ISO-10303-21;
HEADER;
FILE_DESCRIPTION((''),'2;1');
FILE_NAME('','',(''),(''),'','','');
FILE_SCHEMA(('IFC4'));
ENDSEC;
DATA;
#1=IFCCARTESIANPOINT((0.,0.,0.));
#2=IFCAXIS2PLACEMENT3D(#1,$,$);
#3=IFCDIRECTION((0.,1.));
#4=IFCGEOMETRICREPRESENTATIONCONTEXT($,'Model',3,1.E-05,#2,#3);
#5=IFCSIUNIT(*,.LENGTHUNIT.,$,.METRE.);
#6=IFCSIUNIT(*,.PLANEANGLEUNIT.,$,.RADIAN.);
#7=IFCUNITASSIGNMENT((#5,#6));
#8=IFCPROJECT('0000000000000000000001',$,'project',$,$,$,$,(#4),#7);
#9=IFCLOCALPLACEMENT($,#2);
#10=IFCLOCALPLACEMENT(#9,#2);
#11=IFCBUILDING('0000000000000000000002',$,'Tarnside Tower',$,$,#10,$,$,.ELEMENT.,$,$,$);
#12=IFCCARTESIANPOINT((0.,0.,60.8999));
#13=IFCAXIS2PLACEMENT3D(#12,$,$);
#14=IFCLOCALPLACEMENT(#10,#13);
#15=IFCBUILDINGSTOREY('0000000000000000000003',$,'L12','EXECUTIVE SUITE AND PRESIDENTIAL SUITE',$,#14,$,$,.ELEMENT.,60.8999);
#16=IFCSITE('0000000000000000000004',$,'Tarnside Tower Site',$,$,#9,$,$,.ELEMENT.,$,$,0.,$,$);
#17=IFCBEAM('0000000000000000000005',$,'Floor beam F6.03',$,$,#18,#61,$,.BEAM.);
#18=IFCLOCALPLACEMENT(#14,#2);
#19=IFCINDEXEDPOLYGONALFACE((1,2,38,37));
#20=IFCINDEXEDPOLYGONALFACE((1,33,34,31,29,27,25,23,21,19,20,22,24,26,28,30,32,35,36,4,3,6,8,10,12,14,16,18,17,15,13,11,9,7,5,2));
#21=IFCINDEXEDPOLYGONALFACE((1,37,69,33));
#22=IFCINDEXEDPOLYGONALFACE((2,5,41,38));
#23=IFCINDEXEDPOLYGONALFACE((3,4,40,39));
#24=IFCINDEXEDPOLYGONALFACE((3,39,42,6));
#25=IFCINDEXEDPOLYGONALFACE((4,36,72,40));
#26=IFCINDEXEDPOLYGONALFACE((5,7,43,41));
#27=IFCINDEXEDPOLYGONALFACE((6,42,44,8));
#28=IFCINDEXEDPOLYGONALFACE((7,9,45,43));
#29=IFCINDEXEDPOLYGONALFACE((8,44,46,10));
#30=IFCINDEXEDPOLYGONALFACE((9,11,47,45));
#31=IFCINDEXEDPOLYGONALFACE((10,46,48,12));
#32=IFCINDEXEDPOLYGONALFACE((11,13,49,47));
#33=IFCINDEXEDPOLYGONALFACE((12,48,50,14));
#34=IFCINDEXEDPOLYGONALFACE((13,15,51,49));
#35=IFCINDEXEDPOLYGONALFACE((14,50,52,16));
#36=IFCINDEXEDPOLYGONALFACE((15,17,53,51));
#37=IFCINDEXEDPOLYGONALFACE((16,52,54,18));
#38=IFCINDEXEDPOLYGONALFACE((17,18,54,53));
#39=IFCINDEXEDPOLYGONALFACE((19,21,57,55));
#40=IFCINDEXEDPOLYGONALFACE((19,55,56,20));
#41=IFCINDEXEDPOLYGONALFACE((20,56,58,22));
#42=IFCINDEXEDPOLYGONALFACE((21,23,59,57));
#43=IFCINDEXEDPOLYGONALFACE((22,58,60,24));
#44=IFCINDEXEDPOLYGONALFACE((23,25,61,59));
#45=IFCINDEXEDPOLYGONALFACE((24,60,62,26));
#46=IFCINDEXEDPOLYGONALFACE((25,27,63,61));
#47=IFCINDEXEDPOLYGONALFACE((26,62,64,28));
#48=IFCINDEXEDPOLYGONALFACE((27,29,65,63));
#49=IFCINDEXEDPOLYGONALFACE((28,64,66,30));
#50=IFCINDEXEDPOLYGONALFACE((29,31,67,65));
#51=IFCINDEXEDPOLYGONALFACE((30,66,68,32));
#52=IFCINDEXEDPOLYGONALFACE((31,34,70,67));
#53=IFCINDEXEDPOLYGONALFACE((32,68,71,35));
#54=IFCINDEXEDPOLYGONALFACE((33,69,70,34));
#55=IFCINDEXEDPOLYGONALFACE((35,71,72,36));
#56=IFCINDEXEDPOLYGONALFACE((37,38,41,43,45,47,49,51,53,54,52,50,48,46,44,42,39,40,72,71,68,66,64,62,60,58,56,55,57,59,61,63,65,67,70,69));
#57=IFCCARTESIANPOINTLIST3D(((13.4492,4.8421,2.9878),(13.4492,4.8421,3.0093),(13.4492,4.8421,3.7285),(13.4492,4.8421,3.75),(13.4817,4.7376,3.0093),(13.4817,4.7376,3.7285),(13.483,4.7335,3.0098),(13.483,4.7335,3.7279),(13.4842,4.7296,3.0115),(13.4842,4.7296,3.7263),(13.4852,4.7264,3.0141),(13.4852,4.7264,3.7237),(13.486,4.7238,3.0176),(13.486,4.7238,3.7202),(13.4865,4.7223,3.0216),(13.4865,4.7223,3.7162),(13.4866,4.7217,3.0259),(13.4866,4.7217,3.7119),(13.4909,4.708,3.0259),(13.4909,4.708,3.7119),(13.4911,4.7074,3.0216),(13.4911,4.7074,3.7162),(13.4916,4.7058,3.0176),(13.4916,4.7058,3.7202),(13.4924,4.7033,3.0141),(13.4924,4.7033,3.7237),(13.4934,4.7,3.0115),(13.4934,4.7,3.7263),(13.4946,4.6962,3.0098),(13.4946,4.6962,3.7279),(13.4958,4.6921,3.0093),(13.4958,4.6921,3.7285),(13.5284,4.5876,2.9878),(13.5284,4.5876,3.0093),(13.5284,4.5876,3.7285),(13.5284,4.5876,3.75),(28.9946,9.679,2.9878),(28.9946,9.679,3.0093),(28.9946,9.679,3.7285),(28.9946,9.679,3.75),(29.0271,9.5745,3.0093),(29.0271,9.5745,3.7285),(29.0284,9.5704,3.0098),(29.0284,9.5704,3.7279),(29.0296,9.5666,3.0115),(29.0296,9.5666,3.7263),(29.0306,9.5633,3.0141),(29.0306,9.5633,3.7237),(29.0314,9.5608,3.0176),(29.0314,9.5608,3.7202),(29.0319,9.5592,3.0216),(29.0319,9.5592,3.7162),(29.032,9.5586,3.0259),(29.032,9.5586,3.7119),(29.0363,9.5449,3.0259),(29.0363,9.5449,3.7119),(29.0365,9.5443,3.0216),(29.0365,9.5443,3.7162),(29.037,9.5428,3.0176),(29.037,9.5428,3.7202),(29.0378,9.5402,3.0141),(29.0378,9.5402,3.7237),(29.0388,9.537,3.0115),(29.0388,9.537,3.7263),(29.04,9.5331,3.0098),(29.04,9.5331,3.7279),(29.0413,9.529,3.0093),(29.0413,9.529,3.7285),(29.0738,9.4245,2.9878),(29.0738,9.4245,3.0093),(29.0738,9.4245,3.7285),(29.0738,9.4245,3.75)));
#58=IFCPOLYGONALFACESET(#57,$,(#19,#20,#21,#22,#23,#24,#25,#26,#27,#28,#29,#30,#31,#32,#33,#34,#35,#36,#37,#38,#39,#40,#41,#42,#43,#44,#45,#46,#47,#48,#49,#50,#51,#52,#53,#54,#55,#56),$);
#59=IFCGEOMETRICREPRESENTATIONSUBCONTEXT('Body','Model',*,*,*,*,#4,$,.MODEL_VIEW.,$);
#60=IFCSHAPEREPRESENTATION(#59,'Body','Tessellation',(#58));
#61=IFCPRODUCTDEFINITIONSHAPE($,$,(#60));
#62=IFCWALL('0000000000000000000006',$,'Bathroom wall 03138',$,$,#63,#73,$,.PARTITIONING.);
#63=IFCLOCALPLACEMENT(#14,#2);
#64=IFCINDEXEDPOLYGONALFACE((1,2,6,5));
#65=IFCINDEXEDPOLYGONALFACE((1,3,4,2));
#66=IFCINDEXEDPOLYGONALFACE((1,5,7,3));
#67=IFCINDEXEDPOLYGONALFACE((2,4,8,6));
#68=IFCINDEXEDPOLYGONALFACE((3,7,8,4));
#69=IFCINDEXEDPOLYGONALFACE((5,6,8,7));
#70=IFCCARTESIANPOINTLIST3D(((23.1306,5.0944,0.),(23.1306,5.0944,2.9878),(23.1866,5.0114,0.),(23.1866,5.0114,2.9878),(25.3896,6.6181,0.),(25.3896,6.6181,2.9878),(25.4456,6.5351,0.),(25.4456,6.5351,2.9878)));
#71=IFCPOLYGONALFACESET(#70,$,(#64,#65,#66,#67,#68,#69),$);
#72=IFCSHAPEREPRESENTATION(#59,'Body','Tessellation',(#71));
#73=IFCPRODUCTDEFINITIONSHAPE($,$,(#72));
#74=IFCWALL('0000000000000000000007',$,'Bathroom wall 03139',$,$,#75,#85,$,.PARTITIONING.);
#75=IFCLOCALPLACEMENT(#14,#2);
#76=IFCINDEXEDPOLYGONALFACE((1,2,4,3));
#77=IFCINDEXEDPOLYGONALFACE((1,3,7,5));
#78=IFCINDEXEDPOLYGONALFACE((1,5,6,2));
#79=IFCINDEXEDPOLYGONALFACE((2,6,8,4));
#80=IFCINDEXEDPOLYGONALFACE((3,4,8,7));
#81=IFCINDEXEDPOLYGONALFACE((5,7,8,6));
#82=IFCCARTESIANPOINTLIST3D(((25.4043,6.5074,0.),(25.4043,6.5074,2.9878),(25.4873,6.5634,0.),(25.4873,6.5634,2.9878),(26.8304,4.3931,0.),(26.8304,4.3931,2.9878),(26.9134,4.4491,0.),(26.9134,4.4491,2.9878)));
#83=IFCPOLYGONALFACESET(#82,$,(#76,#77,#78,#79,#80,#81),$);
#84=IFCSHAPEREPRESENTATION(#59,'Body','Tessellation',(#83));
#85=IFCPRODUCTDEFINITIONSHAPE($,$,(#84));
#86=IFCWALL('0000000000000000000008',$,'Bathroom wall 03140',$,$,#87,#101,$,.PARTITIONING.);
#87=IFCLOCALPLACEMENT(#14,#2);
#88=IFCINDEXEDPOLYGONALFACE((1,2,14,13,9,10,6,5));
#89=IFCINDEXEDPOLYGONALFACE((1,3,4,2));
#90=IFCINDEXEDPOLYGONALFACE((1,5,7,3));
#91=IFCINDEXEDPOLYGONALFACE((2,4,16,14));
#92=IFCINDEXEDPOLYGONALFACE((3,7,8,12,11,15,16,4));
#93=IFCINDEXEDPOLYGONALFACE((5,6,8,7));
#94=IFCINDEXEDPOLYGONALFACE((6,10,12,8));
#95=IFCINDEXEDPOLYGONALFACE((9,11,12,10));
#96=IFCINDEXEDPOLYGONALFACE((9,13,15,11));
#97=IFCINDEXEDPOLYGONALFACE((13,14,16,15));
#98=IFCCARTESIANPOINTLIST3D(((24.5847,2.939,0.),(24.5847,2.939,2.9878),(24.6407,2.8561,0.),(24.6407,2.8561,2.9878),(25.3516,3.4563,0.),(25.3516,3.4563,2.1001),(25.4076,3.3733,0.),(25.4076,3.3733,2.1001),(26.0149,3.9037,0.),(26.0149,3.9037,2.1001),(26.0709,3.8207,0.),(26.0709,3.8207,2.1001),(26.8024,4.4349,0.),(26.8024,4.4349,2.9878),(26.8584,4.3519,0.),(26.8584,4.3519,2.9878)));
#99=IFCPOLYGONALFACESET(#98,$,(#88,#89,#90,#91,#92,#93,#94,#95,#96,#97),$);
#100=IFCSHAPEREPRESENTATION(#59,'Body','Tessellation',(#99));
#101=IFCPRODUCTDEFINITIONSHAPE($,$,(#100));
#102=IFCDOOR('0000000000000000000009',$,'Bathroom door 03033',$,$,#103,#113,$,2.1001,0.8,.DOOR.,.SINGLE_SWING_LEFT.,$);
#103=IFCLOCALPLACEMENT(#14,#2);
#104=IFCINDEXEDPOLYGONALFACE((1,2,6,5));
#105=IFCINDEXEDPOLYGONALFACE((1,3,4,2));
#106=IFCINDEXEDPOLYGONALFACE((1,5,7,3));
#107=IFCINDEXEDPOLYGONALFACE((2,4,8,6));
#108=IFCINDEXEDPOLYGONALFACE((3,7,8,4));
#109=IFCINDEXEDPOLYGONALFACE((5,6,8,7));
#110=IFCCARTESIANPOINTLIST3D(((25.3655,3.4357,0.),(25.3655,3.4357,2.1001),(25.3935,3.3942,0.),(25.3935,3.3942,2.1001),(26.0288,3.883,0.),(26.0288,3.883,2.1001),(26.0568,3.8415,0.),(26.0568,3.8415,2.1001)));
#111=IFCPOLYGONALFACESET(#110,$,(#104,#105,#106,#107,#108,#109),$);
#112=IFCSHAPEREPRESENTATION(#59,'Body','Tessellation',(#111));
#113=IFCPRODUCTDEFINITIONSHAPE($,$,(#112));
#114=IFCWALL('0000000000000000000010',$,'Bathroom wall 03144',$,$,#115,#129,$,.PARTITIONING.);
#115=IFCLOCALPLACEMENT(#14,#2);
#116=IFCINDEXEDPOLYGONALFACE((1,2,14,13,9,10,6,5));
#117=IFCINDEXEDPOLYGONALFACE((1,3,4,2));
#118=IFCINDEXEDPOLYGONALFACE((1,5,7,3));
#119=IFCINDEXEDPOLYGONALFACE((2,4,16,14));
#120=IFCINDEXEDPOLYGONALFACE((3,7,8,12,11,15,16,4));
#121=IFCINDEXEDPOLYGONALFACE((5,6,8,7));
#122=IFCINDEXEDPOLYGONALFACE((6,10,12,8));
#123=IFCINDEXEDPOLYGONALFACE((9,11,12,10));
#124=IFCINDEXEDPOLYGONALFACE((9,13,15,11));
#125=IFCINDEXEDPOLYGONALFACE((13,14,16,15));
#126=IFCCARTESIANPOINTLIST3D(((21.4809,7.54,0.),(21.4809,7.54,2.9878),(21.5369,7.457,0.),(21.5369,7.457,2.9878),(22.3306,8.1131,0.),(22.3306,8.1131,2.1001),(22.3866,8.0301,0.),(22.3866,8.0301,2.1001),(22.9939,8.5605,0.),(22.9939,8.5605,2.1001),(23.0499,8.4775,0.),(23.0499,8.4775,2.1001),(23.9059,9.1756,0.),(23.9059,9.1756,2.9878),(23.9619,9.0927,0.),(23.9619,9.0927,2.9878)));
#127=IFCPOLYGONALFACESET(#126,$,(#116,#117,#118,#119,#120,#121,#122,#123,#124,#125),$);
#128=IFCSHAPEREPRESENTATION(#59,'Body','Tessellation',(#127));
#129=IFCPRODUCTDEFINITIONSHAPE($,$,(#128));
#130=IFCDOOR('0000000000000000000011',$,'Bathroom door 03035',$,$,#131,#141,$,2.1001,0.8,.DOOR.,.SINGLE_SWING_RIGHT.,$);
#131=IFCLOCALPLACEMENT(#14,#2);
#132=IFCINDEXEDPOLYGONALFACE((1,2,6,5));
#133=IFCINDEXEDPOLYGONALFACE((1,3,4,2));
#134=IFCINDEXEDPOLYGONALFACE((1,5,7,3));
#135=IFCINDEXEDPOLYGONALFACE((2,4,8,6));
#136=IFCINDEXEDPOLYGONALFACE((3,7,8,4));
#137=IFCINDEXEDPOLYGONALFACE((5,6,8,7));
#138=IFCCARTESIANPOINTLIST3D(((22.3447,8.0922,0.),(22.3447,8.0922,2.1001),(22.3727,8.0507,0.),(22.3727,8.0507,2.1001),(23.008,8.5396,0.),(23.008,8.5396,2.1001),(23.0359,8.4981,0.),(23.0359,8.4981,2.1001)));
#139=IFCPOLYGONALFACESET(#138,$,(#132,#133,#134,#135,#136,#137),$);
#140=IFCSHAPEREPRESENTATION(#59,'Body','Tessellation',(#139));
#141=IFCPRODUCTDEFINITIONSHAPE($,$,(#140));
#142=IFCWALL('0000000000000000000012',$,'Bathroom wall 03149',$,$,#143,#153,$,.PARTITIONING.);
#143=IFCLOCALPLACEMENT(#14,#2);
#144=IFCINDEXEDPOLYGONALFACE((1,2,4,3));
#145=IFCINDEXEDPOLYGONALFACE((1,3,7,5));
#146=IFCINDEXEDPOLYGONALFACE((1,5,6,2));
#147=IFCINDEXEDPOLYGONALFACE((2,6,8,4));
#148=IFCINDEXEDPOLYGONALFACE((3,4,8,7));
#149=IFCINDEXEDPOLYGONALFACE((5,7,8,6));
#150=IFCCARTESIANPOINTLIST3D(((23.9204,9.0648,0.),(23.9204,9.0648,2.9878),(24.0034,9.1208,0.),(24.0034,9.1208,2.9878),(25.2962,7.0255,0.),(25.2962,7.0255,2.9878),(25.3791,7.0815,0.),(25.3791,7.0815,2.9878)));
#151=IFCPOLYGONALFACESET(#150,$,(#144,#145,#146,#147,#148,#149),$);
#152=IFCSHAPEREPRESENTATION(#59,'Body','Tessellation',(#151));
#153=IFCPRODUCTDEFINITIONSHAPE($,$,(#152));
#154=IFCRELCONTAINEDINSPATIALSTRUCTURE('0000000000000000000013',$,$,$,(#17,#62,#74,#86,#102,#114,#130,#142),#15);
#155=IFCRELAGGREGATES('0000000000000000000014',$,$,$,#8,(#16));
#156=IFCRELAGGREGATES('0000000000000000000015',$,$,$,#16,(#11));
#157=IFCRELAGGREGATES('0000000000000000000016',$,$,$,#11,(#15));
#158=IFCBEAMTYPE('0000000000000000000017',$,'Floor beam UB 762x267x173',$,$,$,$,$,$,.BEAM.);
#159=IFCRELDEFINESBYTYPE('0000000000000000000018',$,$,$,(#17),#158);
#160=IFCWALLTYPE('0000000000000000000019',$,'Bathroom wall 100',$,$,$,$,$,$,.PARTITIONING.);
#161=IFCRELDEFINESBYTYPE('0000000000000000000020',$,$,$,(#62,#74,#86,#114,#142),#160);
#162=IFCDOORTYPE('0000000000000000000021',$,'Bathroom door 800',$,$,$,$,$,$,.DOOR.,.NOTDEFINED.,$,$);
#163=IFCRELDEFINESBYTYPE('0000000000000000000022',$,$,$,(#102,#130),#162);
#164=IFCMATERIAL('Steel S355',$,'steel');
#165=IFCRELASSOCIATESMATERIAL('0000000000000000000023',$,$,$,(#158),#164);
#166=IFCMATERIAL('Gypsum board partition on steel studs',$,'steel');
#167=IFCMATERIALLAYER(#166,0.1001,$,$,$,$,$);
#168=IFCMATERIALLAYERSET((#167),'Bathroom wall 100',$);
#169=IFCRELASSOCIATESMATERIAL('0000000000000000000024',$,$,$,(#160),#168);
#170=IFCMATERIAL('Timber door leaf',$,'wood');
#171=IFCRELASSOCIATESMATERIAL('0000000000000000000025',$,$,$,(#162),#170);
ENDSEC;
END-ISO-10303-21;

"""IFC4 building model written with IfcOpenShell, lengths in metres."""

from ifc_helpers import new_model, si_unit, direction, frame, frame_2d, origin, origin_2d, place, context, subcontext, project, spatial, rectangle, i_section, extrude, material, layer, layer_set, material_profile, profile_set, type_object, element, fill, save


model = new_model("IFC4")

# Units and contexts
model_context = context("Model", 3, precision=1e-05, world=origin(), true_north=direction((0.0, 1.0)))
body_context = subcontext(model_context, "Body", "Model", "MODEL_VIEW")
ifc_project = project(units=[si_unit("LENGTHUNIT", "METRE"), si_unit("PLANEANGLEUNIT", "RADIAN")], contexts=[model_context])

# Site, building, storey
site_placement = place(None, origin())
site = spatial("IfcSite", under=ifc_project, at=site_placement, Name="Tarnside Tower Site", CompositionType="ELEMENT", RefElevation=0.0)
building_placement = place(site_placement, origin())
building = spatial("IfcBuilding", under=site, at=building_placement, Name="Tarnside Tower", CompositionType="ELEMENT")
storey_placement = place(building_placement, frame((0.0, 0.0, 60.8999)))
storey = spatial("IfcBuildingStorey", under=building, at=storey_placement, Name="L12", Description="EXECUTIVE SUITE AND PRESIDENTIAL SUITE", CompositionType="ELEMENT", Elevation=60.8999)

# Beam
ifc_material_1 = material(Name="Steel S355", Category="steel")
ifc_material_profile = material_profile(ifc_material_1, i_section(OverallWidth=0.2666, OverallDepth=0.7622, WebThickness=0.0144, FlangeThickness=0.0215, FilletRadius=0.0166, at=origin_2d()), Name="UB 762x267x173")
ifc_profile_set = profile_set([ifc_material_profile], Name="Steel S355")
beam_type = type_object("IfcBeamType", Name="Floor beam UB 762x267x173", PredefinedType="BEAM", material=ifc_profile_set)
beam_placement = place(storey_placement, frame((29.0342, 9.5518, 3.3689), z_axis=(-0.954847, -0.297098, 0.0), x_axis=(0.297098, -0.954847, 0.0)))
element("IfcBeam", 1, at=beam_placement, inside=storey, type_object=beam_type, Name="Floor beam F6.03", PredefinedType="BEAM", context=body_context, shape_type="SweptSolid", body=[
    extrude(i_section(OverallWidth=0.2666, OverallDepth=0.7622, WebThickness=0.0144, FlangeThickness=0.0215, FilletRadius=0.0166, at=origin_2d()), origin(), (0.0, 0.0, 1.0), 16.2805),
])

# Walls
ifc_material_2 = material(Name="Gypsum board partition on steel studs", Category="steel")
ifc_layer_1 = layer(ifc_material_2, 0.1001)
ifc_layer_set_1 = layer_set([ifc_layer_1], Name="Bathroom wall 100")
wall_type_1 = type_object("IfcWallType", Name="Bathroom wall 100", PredefinedType="PARTITIONING", material=ifc_layer_set_1)
wall_1_placement = place(storey_placement, frame((23.1587, 5.053, 0.0), z_axis=(0.0, 0.0, 1.0), x_axis=(0.829047, 0.559179, 0.0)))
element("IfcWall", 2, at=wall_1_placement, inside=storey, type_object=wall_type_1, Name="Bathroom wall 03138", PredefinedType="PARTITIONING", context=body_context, shape_type="SweptSolid", body=[
    extrude(rectangle(XDim=2.7249, YDim=0.1001, at=frame_2d((1.3623, 0.0))), origin(), (0.0, 0.0, 1.0), 2.9878),
])
wall_2_placement = place(storey_placement, frame((25.4458, 6.5354, 0.0), z_axis=(0.0, 0.0, 1.0), x_axis=(0.559177, -0.829048, 0.0)))
element("IfcWall", 3, at=wall_2_placement, inside=storey, type_object=wall_type_1, Name="Bathroom wall 03139", PredefinedType="PARTITIONING", context=body_context, shape_type="SweptSolid", body=[
    extrude(rectangle(XDim=2.5503, YDim=0.1001, at=frame_2d((1.2751, 0.0))), origin(), (0.0, 0.0, 1.0), 2.9878),
])

# Walls, openings, doors
wall_3_placement = place(storey_placement, frame((26.8303, 4.3933, 0.0), z_axis=(0.0, 0.0, 1.0), x_axis=(-0.829048, -0.559178, 0.0)))
wall_3 = element("IfcWall", 4, at=wall_3_placement, inside=storey, type_object=wall_type_1, Name="Bathroom wall 03140", PredefinedType="PARTITIONING", context=body_context, shape_type="SweptSolid", body=[
    extrude(rectangle(XDim=2.675, YDim=0.1001, at=frame_2d((1.3374, 0.0))), origin(), (0.0, 0.0, 1.0), 2.9878),
])
opening_1_placement = place(wall_3_placement, frame((0.95, 0.0, 0.0)))
opening_1 = element("IfcOpeningElement", 5, at=opening_1_placement, cuts=wall_3, PredefinedType="OPENING", context=body_context, shape_type="SweptSolid", body=[
    extrude(rectangle(XDim=0.8, YDim=2.1001, at=frame_2d((0.3999, 1.05))), frame((0.0, 0.0601, 0.0), z_axis=(0.0, -1.0, 0.0), x_axis=(1.0, 0.0, 0.0)), (0.0, 0.0, 1.0), 0.1201),
])
ifc_material_3 = material(Name="Timber door leaf", Category="wood")
door_type_1 = type_object("IfcDoorType", Name="Bathroom door 800", OperationType="NOTDEFINED", PredefinedType="DOOR", material=ifc_material_3)
door_1_placement = place(opening_1_placement, origin())
door_1 = element("IfcDoor", 6, at=door_1_placement, inside=storey, type_object=door_type_1, Name="Bathroom door 03033", OperationType="SINGLE_SWING_LEFT", OverallHeight=2.1001, OverallWidth=0.8, PredefinedType="DOOR", context=body_context, shape_type="SweptSolid", body=[
    extrude(rectangle(XDim=0.8, YDim=2.1001, at=frame_2d((0.3999, 1.05))), frame((0.0, 0.0249, 0.0), z_axis=(0.0, -1.0, 0.0), x_axis=(1.0, 0.0, 0.0)), (0.0, 0.0, 1.0), 0.05),
])
fill(opening_1, door_1)
wall_4_placement = place(storey_placement, frame((21.509, 7.4985, 0.0), z_axis=(0.0, 0.0, 1.0), x_axis=(0.829033, 0.559199, 0.0)))
wall_4 = element("IfcWall", 7, at=wall_4_placement, inside=storey, type_object=wall_type_1, Name="Bathroom wall 03144", PredefinedType="PARTITIONING", context=body_context, shape_type="SweptSolid", body=[
    extrude(rectangle(XDim=2.925, YDim=0.1001, at=frame_2d((1.4624, 0.0))), origin(), (0.0, 0.0, 1.0), 2.9878),
])
opening_2_placement = place(wall_4_placement, frame((1.0249, 0.0, 0.0)))
opening_2 = element("IfcOpeningElement", 8, at=opening_2_placement, cuts=wall_4, PredefinedType="OPENING", context=body_context, shape_type="SweptSolid", body=[
    extrude(rectangle(XDim=0.8, YDim=2.1001, at=frame_2d((0.3999, 1.05))), frame((0.0, 0.0601, 0.0), z_axis=(0.0, -1.0, 0.0), x_axis=(1.0, 0.0, 0.0)), (0.0, 0.0, 1.0), 0.1201),
])
door_2_placement = place(opening_2_placement, origin())
door_2 = element("IfcDoor", 9, at=door_2_placement, inside=storey, type_object=door_type_1, Name="Bathroom door 03035", OperationType="SINGLE_SWING_RIGHT", OverallHeight=2.1001, OverallWidth=0.8, PredefinedType="DOOR", context=body_context, shape_type="SweptSolid", body=[
    extrude(rectangle(XDim=0.8, YDim=2.1001, at=frame_2d((0.3999, 1.05))), frame((0.0, 0.0249, 0.0), z_axis=(0.0, -1.0, 0.0), x_axis=(1.0, 0.0, 0.0)), (0.0, 0.0, 1.0), 0.05),
])
fill(opening_2, door_2)

# Wall
wall_5_placement = place(storey_placement, frame((25.3376, 7.0535, 0.0), z_axis=(0.0, 0.0, 1.0), x_axis=(-0.55925, 0.828999, 0.0)))
element("IfcWall", 10, at=wall_5_placement, inside=storey, type_object=wall_type_1, Name="Bathroom wall 03149", PredefinedType="PARTITIONING", context=body_context, shape_type="SweptSolid", body=[
    extrude(rectangle(XDim=2.46, YDim=0.1001, at=frame_2d((1.23, 0.0))), origin(), (0.0, 0.0, 1.0), 2.9878),
])

save(model, "model.ifc")
